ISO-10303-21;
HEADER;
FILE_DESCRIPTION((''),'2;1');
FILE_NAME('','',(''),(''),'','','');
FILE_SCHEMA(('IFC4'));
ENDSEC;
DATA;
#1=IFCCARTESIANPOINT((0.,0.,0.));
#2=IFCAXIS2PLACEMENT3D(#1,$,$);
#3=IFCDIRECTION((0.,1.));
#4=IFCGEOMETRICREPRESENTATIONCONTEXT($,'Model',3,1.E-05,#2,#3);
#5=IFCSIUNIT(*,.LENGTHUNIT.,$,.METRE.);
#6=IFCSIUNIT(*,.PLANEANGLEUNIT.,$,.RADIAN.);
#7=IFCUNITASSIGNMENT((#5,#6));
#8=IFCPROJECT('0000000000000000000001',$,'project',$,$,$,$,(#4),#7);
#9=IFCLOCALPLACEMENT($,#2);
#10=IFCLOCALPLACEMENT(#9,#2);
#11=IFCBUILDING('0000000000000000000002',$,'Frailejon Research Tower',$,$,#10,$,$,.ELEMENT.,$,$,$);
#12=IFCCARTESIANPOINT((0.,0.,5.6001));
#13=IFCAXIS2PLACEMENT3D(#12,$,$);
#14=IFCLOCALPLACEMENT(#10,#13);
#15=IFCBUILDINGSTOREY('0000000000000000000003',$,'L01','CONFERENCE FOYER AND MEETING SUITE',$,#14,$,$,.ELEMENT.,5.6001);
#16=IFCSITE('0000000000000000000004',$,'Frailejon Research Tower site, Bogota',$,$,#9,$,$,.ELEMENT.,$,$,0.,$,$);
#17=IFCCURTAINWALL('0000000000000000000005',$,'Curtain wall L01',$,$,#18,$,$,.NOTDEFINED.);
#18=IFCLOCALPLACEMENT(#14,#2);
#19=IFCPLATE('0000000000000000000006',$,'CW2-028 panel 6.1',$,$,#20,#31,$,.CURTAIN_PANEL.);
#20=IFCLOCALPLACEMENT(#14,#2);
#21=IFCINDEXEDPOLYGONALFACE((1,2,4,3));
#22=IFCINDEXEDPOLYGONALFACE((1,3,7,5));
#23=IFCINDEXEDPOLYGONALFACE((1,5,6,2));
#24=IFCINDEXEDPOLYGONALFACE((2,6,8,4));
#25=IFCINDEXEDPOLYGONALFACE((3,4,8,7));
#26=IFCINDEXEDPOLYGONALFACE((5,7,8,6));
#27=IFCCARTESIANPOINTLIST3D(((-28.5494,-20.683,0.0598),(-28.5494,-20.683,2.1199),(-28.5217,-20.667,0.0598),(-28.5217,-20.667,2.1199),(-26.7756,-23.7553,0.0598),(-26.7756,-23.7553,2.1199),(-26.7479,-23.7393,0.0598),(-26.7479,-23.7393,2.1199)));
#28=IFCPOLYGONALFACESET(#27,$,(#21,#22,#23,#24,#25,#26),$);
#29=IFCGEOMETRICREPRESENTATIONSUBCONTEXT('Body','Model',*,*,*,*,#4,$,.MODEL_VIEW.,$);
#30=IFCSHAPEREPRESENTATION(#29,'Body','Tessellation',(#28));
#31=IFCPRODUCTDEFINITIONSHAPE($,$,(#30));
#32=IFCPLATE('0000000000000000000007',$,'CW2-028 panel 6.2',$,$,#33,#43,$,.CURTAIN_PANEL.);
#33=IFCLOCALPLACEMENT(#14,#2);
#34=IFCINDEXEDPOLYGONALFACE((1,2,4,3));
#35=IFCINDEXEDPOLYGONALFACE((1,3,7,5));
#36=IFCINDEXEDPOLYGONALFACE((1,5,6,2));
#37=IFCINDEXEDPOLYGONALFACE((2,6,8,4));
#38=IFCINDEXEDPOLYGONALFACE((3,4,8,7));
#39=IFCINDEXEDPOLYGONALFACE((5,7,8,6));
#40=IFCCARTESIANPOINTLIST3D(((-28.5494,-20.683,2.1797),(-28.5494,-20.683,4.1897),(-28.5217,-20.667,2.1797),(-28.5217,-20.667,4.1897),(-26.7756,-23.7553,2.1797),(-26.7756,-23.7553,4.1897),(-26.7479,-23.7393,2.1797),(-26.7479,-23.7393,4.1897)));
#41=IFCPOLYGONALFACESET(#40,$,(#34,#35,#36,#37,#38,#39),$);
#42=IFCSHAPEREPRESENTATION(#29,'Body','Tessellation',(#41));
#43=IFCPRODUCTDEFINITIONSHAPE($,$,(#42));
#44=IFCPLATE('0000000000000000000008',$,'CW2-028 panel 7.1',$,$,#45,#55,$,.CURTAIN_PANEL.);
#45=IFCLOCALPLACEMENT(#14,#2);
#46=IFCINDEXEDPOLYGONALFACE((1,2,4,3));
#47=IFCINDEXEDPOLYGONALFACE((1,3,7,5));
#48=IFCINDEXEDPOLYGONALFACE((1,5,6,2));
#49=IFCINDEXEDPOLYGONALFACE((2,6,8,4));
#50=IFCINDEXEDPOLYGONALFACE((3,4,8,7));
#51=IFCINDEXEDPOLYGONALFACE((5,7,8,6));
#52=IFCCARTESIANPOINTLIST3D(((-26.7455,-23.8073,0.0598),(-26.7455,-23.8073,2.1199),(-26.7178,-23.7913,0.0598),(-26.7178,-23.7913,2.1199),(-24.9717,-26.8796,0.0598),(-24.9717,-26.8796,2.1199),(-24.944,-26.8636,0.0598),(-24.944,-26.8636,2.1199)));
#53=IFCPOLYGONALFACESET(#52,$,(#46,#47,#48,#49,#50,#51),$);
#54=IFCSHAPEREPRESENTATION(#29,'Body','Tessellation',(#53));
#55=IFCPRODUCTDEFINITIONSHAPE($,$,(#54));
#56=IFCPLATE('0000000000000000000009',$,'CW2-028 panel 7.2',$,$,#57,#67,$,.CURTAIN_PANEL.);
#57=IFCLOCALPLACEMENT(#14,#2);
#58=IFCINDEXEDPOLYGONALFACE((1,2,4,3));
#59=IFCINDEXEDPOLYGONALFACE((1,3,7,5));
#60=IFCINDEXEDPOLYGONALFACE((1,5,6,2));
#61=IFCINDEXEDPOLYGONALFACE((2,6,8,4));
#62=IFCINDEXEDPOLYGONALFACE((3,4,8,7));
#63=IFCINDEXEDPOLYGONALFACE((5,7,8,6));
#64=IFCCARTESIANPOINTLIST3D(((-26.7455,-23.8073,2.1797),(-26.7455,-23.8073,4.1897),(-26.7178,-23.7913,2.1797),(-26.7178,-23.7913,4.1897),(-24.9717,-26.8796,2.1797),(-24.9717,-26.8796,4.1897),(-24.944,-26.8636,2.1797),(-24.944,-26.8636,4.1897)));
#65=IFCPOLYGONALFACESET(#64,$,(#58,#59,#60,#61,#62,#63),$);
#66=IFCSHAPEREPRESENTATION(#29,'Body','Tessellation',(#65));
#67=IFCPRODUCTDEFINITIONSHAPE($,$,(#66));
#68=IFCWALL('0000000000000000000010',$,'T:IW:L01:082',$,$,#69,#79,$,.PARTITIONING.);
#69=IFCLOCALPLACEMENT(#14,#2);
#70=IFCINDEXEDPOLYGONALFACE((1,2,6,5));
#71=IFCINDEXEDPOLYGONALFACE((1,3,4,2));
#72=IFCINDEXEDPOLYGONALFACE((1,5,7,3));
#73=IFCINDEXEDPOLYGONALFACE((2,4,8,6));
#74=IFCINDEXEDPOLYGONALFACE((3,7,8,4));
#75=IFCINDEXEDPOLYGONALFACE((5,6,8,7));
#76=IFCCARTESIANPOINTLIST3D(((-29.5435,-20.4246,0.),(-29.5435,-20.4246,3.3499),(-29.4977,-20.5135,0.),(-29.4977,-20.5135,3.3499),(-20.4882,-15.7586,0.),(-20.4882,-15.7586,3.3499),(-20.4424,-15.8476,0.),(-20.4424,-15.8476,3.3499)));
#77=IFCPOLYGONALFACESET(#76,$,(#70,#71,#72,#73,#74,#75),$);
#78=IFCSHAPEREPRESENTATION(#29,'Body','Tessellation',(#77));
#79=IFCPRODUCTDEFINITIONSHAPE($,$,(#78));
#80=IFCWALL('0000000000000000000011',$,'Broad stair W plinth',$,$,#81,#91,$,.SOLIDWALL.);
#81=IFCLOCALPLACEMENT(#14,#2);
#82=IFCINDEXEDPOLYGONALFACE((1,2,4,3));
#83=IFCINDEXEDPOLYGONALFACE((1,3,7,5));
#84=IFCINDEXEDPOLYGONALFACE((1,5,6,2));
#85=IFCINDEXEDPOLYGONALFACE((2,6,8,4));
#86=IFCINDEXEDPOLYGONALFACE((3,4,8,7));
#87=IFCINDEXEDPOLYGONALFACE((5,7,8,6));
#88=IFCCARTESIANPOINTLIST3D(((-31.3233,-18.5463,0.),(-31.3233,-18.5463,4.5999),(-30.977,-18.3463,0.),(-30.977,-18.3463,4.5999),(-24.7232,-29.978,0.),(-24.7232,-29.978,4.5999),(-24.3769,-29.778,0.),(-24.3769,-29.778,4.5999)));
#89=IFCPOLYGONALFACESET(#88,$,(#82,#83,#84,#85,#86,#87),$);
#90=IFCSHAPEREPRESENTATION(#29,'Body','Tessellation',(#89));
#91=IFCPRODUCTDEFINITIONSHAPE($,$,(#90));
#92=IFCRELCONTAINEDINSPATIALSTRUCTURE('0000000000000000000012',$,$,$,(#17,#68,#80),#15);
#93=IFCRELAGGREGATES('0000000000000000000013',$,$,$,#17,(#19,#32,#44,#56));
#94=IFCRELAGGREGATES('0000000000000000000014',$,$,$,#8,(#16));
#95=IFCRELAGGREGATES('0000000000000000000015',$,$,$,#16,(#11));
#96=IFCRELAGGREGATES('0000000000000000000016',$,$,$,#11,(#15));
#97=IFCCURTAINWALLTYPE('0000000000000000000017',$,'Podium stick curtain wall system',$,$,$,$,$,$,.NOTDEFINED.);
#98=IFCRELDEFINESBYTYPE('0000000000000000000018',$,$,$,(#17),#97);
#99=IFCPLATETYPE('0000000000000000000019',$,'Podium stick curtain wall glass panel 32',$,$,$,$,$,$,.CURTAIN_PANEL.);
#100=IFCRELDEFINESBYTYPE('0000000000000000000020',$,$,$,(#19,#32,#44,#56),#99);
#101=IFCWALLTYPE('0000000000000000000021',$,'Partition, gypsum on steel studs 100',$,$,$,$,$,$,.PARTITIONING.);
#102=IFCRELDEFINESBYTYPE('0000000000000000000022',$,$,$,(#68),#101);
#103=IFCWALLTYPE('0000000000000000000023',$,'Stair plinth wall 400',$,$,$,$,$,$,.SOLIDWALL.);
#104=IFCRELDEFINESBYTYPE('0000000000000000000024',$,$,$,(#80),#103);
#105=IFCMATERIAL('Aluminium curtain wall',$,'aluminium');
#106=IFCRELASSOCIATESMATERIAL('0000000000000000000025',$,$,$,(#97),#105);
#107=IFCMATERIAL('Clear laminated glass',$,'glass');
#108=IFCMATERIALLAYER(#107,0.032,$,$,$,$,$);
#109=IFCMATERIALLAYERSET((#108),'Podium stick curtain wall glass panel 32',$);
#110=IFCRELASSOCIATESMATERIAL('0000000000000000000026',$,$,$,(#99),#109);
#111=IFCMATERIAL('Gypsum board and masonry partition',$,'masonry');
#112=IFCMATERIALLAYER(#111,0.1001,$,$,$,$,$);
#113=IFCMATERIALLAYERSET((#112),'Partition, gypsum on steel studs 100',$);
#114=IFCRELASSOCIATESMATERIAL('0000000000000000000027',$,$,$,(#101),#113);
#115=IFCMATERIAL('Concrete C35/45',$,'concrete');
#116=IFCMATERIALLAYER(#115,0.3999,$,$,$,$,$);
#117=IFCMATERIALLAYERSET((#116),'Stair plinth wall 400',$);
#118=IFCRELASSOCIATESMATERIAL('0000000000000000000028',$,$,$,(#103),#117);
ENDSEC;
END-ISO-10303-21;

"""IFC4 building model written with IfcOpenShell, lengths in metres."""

from ifc_helpers import new_model, si_unit, direction, frame, frame_2d, origin, origin_2d, place, context, subcontext, project, spatial, rectangle, extrude, material, layer, layer_set, type_object, element, aggregate, save


model = new_model("IFC4")

# Units and contexts
model_context = context("Model", 3, precision=1e-05, world=origin(), true_north=direction((0.0, 1.0)))
body_context = subcontext(model_context, "Body", "Model", "MODEL_VIEW")
ifc_project = project(units=[si_unit("LENGTHUNIT", "METRE"), si_unit("PLANEANGLEUNIT", "RADIAN")], contexts=[model_context])

# Site, building, storey
site_placement = place(None, origin())
site = spatial("IfcSite", under=ifc_project, at=site_placement, Name="Frailejon Research Tower site, Bogota", CompositionType="ELEMENT", RefElevation=0.0)
building_placement = place(site_placement, origin())
building = spatial("IfcBuilding", under=site, at=building_placement, Name="Frailejon Research Tower", CompositionType="ELEMENT")
storey_placement = place(building_placement, frame((0.0, 0.0, 5.6001)))
storey = spatial("IfcBuildingStorey", under=building, at=storey_placement, Name="L01", Description="CONFERENCE FOYER AND MEETING SUITE", CompositionType="ELEMENT", Elevation=5.6001)

# Curtain wall, plates
ifc_material_1 = material(Name="Aluminium curtain wall", Category="aluminium")
curtain_wall_type = type_object("IfcCurtainWallType", Name="Podium stick curtain wall system", PredefinedType="NOTDEFINED", material=ifc_material_1)
curtain_wall_placement = place(storey_placement, origin())
curtain_wall = element("IfcCurtainWall", 1, at=curtain_wall_placement, inside=storey, type_object=curtain_wall_type, Name="Curtain wall L01", PredefinedType="NOTDEFINED")
ifc_material_2 = material(Name="Clear laminated glass", Category="glass")
ifc_layer_1 = layer(ifc_material_2, 0.032)
ifc_layer_set_1 = layer_set([ifc_layer_1], Name="Podium stick curtain wall glass panel 32")
plate_type = type_object("IfcPlateType", Name="Podium stick curtain wall glass panel 32", PredefinedType="CURTAIN_PANEL", material=ifc_layer_set_1)
plate_1_placement = place(storey_placement, frame((-27.6487, -22.2112, 0.0598), z_axis=(0.0, 0.0, 1.0), x_axis=(0.499998, -0.866026, 0.0)))
plate_1 = element("IfcPlate", 2, at=plate_1_placement, type_object=plate_type, Name="CW2-028 panel 6.1", PredefinedType="CURTAIN_PANEL", context=body_context, shape_type="SweptSolid", body=[
    extrude(rectangle(XDim=3.5476, YDim=0.032, at=origin_2d()), origin(), (0.0, 0.0, 1.0), 2.0601),
])
plate_2_placement = place(storey_placement, frame((-27.6487, -22.2112, 2.1797), z_axis=(0.0, 0.0, 1.0), x_axis=(0.499998, -0.866026, 0.0)))
plate_2 = element("IfcPlate", 3, at=plate_2_placement, type_object=plate_type, Name="CW2-028 panel 6.2", PredefinedType="CURTAIN_PANEL", context=body_context, shape_type="SweptSolid", body=[
    extrude(rectangle(XDim=3.5476, YDim=0.032, at=origin_2d()), origin(), (0.0, 0.0, 1.0), 2.01),
])
plate_3_placement = place(storey_placement, frame((-25.8447, -25.3354, 0.0598), z_axis=(0.0, 0.0, 1.0), x_axis=(0.499998, -0.866026, 0.0)))
plate_3 = element("IfcPlate", 4, at=plate_3_placement, type_object=plate_type, Name="CW2-028 panel 7.1", PredefinedType="CURTAIN_PANEL", context=body_context, shape_type="SweptSolid", body=[
    extrude(rectangle(XDim=3.5476, YDim=0.032, at=origin_2d()), origin(), (0.0, 0.0, 1.0), 2.0601),
])
plate_4_placement = place(storey_placement, frame((-25.8447, -25.3354, 2.1797), z_axis=(0.0, 0.0, 1.0), x_axis=(0.499998, -0.866026, 0.0)))
plate_4 = element("IfcPlate", 5, at=plate_4_placement, type_object=plate_type, Name="CW2-028 panel 7.2", PredefinedType="CURTAIN_PANEL", context=body_context, shape_type="SweptSolid", body=[
    extrude(rectangle(XDim=3.5476, YDim=0.032, at=origin_2d()), origin(), (0.0, 0.0, 1.0), 2.01),
])
aggregate(curtain_wall, [plate_1, plate_2, plate_3, plate_4])

# Walls
ifc_material_3 = material(Name="Gypsum board and masonry partition", Category="masonry")
ifc_layer_2 = layer(ifc_material_3, 0.1001)
ifc_layer_set_2 = layer_set([ifc_layer_2], Name="Partition, gypsum on steel studs 100")
wall_type_1 = type_object("IfcWallType", Name="Partition, gypsum on steel studs 100", PredefinedType="PARTITIONING", material=ifc_layer_set_2)
wall_1_placement = place(storey_placement, frame((-29.5205, -20.469, 0.0), z_axis=(0.0, 0.0, 1.0), x_axis=(0.88893, 0.458042, 0.0)))
element("IfcWall", 6, at=wall_1_placement, inside=storey, type_object=wall_type_1, Name="T:IW:L01:082", PredefinedType="PARTITIONING", context=body_context, shape_type="SweptSolid", body=[
    extrude(rectangle(XDim=10.1868, YDim=0.1001, at=frame_2d((5.0933, 0.0))), origin(), (0.0, 0.0, 1.0), 3.3499),
])
ifc_material_4 = material(Name="Concrete C35/45", Category="concrete")
ifc_layer_3 = layer(ifc_material_4, 0.3999)
ifc_layer_set_3 = layer_set([ifc_layer_3], Name="Stair plinth wall 400")
wall_type_2 = type_object("IfcWallType", Name="Stair plinth wall 400", PredefinedType="SOLIDWALL", material=ifc_layer_set_3)
wall_2_placement = place(storey_placement, frame((-31.1501, -18.4463, 0.0), z_axis=(0.0, 0.0, 1.0), x_axis=(0.500002, -0.866024, 0.0)))
element("IfcWall", 7, at=wall_2_placement, inside=storey, type_object=wall_type_2, Name="Broad stair W plinth", PredefinedType="SOLIDWALL", context=body_context, shape_type="SweptSolid", body=[
    extrude(rectangle(XDim=13.2002, YDim=0.3999, at=frame_2d((6.6001, 0.0))), origin(), (0.0, 0.0, 1.0), 4.5999),
])

save(model, "model.ifc")
